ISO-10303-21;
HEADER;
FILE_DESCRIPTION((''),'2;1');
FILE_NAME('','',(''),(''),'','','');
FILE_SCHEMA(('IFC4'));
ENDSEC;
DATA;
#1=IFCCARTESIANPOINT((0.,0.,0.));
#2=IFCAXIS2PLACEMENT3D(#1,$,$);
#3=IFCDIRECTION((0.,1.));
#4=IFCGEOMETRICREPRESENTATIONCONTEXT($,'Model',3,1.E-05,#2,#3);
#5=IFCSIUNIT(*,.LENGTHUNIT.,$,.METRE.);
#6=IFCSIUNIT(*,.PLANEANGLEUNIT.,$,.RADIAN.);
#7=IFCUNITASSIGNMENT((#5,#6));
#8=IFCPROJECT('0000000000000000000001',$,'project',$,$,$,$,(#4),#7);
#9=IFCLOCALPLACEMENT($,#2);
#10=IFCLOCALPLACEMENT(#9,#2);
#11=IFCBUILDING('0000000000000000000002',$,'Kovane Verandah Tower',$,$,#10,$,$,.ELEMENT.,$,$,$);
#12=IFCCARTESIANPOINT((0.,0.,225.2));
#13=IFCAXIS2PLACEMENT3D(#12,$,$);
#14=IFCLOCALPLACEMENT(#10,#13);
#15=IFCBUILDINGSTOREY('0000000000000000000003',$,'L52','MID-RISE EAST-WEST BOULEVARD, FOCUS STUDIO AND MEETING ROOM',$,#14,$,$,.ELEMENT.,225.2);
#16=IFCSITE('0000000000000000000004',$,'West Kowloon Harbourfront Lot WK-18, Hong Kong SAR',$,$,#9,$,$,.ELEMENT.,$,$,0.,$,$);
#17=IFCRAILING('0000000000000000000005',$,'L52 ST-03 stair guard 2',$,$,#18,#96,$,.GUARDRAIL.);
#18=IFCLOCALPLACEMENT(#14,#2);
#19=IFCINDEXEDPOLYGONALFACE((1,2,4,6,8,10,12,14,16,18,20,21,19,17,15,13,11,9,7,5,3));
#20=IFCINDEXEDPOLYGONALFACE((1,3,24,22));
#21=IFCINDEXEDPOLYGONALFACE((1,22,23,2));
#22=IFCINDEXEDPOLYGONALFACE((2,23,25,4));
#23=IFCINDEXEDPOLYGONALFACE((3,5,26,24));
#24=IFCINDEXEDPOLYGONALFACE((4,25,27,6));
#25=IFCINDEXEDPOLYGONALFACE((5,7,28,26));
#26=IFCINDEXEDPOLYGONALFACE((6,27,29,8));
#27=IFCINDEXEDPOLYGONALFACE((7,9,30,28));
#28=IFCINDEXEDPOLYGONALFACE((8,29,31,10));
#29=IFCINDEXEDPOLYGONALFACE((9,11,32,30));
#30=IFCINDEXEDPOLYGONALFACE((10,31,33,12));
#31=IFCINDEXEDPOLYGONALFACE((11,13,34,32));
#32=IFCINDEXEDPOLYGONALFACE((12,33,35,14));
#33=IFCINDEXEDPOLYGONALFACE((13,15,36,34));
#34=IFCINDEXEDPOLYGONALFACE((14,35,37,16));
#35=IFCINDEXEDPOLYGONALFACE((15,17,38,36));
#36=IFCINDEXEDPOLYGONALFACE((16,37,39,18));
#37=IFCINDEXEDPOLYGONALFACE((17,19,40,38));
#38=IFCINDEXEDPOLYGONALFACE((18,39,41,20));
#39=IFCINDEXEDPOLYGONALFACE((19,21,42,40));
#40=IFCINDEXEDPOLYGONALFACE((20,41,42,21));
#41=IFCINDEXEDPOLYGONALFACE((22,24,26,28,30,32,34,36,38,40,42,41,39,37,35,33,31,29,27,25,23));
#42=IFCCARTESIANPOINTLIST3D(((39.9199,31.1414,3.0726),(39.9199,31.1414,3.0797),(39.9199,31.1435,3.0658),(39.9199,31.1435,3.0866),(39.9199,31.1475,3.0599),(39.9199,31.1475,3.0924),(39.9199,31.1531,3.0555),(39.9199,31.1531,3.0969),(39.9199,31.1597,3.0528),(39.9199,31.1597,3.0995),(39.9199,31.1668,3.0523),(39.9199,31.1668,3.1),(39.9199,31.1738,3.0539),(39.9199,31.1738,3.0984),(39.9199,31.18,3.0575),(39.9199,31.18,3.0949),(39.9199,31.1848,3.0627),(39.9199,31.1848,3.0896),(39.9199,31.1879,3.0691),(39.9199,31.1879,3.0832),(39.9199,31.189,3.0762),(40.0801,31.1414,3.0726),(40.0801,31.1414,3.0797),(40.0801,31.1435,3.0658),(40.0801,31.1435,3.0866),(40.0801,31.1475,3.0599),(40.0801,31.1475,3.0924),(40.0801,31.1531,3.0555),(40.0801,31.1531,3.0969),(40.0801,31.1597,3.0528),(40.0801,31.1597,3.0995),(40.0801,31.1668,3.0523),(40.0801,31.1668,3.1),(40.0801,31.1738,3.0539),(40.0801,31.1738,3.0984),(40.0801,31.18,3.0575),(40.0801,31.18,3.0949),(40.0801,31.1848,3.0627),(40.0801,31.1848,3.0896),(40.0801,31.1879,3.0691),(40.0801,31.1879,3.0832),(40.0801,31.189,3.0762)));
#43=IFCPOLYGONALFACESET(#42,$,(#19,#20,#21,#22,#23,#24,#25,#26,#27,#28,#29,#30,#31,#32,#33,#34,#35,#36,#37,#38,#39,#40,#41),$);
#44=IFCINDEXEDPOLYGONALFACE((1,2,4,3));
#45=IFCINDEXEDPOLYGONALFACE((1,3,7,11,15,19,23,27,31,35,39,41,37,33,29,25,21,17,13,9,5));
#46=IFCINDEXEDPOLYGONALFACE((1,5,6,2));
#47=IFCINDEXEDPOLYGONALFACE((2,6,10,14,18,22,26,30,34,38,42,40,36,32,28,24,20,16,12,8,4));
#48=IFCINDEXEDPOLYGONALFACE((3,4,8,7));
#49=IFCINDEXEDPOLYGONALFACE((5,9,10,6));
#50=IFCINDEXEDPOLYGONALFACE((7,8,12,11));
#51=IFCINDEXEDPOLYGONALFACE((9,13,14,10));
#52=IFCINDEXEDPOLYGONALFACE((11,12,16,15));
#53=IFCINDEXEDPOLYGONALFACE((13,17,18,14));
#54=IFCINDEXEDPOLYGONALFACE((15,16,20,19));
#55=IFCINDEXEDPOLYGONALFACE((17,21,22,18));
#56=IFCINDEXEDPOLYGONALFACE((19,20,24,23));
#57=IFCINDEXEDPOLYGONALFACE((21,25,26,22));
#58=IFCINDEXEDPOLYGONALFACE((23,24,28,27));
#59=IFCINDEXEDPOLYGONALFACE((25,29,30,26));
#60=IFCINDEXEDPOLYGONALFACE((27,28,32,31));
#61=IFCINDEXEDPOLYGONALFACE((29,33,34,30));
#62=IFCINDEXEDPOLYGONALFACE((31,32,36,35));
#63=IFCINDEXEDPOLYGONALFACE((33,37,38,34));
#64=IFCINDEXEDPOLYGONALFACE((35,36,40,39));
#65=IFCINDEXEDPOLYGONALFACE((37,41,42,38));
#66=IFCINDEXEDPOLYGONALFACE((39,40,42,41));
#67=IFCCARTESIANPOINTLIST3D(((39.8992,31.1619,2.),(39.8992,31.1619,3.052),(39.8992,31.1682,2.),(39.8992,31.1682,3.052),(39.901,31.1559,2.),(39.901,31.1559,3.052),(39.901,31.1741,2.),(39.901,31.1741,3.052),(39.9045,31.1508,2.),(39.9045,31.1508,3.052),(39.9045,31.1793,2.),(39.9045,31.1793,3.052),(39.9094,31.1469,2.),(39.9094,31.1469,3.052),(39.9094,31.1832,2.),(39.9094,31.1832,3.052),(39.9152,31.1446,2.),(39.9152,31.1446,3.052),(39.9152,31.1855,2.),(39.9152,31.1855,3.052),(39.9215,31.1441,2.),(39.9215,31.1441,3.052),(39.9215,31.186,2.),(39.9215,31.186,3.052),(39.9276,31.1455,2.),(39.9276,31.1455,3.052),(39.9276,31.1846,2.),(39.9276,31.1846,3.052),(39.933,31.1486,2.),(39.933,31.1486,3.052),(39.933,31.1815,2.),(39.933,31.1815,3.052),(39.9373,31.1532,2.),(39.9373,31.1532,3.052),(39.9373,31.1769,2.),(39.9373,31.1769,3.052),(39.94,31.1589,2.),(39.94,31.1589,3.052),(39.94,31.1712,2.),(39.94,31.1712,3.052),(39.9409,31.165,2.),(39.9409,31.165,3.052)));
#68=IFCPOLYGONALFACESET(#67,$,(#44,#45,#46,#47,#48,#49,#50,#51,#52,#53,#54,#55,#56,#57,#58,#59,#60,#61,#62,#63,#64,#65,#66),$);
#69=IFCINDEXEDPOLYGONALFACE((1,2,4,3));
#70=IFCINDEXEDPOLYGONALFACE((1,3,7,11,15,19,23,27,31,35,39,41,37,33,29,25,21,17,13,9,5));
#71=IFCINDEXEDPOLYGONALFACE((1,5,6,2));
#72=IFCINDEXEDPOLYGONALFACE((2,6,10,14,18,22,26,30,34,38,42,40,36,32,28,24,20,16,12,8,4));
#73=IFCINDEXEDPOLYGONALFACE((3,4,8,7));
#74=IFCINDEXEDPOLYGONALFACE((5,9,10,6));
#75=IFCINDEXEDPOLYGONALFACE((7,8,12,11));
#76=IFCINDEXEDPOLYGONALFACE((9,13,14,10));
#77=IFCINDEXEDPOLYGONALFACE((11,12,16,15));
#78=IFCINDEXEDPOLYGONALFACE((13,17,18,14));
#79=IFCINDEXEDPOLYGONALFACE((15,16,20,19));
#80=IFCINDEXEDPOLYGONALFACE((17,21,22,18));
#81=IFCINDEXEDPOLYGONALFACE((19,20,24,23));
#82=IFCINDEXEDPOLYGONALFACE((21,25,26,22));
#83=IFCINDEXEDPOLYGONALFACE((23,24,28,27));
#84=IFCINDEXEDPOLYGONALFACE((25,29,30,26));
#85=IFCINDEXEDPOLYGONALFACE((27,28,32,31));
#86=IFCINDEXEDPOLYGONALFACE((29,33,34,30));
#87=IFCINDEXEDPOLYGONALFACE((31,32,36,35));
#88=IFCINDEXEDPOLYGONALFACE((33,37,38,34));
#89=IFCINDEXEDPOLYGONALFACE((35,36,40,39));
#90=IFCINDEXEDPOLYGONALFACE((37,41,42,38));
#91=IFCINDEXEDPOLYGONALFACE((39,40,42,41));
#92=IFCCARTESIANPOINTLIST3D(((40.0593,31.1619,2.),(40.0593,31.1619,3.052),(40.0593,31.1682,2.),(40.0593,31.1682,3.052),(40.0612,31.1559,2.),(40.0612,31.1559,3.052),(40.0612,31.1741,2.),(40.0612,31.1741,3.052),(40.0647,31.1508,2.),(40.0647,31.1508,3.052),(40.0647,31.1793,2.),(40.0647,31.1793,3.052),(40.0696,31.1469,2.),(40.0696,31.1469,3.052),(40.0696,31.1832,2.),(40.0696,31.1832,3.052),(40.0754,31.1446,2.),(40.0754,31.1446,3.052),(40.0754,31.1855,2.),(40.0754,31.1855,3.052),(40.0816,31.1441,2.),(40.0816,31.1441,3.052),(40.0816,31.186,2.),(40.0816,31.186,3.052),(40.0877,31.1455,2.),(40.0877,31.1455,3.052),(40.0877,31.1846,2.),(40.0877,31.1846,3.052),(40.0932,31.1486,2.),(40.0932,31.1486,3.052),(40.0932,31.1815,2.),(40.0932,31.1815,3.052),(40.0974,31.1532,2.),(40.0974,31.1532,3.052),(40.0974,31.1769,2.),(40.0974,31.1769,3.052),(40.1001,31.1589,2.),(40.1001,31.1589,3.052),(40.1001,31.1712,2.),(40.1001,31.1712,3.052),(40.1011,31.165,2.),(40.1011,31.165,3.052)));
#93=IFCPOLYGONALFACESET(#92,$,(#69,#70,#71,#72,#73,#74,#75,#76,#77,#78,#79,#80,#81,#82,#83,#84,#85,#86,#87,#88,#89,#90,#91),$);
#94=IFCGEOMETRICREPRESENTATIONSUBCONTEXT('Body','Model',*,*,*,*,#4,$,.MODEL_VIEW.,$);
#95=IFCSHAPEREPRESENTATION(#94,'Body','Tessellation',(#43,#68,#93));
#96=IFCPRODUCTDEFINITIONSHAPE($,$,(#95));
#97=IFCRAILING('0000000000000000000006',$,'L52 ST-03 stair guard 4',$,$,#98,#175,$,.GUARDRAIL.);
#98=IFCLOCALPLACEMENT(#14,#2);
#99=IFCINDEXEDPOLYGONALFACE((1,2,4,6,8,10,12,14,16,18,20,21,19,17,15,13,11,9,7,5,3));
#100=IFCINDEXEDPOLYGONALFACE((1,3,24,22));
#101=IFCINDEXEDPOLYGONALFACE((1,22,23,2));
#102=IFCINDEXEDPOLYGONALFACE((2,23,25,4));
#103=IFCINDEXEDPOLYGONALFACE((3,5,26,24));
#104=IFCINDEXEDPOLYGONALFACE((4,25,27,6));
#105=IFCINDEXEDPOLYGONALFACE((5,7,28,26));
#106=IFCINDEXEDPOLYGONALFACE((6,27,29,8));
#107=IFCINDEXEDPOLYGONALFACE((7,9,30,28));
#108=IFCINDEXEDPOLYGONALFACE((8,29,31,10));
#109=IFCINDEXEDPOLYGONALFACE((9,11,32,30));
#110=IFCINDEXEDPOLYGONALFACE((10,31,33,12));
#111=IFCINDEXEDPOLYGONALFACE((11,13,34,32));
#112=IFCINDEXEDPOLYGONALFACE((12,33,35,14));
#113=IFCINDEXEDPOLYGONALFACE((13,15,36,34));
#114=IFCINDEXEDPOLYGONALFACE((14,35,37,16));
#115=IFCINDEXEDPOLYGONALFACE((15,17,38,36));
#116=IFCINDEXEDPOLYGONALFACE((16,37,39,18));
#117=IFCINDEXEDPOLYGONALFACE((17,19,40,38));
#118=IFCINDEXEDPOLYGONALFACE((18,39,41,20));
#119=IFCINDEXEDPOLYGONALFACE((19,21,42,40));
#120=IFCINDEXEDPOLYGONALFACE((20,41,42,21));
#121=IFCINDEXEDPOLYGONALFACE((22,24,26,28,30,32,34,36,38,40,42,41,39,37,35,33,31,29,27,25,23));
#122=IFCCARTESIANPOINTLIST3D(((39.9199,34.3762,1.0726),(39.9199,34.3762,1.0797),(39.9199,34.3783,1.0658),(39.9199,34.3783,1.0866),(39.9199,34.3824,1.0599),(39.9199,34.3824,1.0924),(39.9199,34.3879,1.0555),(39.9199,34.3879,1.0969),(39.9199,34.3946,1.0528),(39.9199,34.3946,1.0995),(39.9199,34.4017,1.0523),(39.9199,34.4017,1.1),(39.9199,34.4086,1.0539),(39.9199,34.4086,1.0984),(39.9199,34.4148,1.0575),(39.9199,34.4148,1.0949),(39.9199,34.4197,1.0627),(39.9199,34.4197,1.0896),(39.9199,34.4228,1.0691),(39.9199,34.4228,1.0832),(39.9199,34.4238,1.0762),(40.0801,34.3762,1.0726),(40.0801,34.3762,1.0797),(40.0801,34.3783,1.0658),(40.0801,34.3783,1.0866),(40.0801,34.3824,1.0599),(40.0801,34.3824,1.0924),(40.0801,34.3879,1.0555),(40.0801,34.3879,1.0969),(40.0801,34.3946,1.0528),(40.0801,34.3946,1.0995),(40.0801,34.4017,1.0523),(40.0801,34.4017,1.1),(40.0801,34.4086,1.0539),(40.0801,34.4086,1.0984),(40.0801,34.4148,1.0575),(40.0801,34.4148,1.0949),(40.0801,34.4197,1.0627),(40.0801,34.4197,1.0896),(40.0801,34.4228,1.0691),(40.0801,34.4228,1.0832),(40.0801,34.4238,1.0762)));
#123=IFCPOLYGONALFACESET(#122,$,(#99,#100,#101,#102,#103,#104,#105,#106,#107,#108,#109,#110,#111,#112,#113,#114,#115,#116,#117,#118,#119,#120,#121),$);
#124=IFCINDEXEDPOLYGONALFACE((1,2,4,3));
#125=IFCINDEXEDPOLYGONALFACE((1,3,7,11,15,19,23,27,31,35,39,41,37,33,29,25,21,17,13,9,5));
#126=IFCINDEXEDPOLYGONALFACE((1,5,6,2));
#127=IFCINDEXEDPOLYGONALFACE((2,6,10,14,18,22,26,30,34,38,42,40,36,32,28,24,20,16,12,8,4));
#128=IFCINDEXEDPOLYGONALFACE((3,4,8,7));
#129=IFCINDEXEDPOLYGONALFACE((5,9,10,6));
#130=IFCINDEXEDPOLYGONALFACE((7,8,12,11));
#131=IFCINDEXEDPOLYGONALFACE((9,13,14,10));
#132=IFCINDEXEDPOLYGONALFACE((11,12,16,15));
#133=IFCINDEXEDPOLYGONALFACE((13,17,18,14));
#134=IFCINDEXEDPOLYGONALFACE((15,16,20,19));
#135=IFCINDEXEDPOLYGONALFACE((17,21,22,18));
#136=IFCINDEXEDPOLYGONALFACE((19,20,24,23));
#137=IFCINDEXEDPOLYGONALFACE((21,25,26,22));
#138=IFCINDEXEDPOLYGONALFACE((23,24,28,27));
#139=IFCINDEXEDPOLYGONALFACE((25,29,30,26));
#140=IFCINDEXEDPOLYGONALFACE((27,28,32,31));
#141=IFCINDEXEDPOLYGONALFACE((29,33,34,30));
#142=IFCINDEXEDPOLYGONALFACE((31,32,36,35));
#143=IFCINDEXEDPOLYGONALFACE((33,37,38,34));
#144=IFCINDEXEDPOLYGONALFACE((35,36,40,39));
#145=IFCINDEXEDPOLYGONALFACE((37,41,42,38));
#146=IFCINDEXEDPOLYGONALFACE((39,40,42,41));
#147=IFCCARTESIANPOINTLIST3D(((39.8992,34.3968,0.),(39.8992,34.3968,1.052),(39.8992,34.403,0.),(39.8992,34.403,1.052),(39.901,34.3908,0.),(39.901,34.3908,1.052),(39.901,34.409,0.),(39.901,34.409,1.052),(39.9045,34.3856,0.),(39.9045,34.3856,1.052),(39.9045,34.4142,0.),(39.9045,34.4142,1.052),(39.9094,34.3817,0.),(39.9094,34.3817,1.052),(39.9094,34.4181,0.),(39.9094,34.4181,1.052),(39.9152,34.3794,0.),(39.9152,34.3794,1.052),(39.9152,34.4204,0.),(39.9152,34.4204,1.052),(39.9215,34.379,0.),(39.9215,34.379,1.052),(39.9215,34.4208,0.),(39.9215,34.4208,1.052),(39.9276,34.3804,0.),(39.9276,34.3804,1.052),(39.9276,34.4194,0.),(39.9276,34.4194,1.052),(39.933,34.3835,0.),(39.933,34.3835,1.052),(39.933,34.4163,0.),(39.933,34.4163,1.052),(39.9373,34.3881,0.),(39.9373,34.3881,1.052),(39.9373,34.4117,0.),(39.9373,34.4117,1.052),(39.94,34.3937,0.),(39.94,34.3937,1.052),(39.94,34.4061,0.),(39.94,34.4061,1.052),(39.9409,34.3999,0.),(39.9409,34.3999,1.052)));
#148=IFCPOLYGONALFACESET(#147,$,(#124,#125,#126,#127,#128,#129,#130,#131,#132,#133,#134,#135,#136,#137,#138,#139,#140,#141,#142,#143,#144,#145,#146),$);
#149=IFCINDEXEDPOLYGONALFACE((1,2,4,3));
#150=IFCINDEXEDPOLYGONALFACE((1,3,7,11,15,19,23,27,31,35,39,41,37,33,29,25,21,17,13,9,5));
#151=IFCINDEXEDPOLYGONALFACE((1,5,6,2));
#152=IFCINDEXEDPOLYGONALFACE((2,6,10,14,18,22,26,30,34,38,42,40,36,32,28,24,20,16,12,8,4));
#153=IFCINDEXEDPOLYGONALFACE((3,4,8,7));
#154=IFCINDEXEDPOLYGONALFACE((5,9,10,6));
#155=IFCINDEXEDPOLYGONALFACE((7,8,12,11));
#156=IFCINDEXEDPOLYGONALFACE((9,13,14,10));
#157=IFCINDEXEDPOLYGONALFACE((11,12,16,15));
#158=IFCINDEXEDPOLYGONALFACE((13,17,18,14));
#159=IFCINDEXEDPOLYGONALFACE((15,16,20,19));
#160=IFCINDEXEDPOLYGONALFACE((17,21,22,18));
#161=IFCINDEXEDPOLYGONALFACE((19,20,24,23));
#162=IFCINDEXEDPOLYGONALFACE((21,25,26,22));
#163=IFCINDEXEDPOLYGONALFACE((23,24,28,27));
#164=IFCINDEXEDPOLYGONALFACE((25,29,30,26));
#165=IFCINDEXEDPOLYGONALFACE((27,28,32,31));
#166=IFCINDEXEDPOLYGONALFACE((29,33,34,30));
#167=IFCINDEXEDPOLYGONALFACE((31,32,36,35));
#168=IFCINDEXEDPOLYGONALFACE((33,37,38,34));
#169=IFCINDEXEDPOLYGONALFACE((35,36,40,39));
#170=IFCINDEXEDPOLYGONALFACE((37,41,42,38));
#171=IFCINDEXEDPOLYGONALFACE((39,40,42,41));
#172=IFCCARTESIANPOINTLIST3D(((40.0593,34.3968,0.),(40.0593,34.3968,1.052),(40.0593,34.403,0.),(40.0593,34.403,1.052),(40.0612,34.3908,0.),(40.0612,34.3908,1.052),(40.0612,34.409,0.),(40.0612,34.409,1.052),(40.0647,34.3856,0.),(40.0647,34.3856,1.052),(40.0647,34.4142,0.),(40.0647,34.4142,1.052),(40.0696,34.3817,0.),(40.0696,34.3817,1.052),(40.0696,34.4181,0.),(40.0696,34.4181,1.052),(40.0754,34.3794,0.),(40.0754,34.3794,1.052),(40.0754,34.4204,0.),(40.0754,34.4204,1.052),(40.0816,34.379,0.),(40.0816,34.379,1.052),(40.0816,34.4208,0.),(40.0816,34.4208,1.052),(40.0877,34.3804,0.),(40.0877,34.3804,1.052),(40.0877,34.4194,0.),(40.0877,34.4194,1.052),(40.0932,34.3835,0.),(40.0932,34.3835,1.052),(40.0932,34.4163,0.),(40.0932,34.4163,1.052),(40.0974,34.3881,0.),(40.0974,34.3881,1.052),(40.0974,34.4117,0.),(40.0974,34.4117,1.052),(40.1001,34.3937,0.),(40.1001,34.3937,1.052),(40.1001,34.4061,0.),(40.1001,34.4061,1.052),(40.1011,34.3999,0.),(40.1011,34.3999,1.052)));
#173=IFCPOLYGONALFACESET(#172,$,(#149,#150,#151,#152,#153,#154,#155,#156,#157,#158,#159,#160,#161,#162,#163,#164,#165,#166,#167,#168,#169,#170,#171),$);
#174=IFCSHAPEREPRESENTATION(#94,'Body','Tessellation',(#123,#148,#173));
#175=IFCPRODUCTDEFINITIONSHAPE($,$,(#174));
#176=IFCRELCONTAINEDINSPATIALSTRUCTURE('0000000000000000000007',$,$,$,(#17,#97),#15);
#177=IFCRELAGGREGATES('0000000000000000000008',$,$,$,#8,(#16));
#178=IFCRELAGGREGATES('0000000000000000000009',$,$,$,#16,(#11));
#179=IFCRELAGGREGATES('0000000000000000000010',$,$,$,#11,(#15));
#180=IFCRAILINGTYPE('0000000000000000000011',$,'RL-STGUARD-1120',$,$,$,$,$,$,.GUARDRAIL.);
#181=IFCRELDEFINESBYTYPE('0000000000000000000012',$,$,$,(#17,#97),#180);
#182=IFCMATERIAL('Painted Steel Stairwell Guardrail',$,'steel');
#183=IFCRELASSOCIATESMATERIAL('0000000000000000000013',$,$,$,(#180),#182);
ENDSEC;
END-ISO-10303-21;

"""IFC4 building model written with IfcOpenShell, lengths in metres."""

from ifc_helpers import new_model, si_unit, direction, frame, origin, origin_2d, place, context, subcontext, project, spatial, circle, extrude, material, type_object, element, save


model = new_model("IFC4")

# Units and contexts
model_context = context("Model", 3, precision=1e-05, world=origin(), true_north=direction((0.0, 1.0)))
body_context = subcontext(model_context, "Body", "Model", "MODEL_VIEW")
ifc_project = project(units=[si_unit("LENGTHUNIT", "METRE"), si_unit("PLANEANGLEUNIT", "RADIAN")], contexts=[model_context])

# Site, building, storey
site_placement = place(None, origin())
site = spatial("IfcSite", under=ifc_project, at=site_placement, Name="West Kowloon Harbourfront Lot WK-18, Hong Kong SAR", CompositionType="ELEMENT", RefElevation=0.0)
building_placement = place(site_placement, origin())
building = spatial("IfcBuilding", under=site, at=building_placement, Name="Kovane Verandah Tower", CompositionType="ELEMENT")
storey_placement = place(building_placement, frame((0.0, 0.0, 225.2)))
storey = spatial("IfcBuildingStorey", under=building, at=storey_placement, Name="L52", Description="MID-RISE EAST-WEST BOULEVARD, FOCUS STUDIO AND MEETING ROOM", CompositionType="ELEMENT", Elevation=225.2)

# Railings
ifc_material_1 = material(Name="Painted Steel Stairwell Guardrail", Category="steel")
railing_type_1 = type_object("IfcRailingType", Name="RL-STGUARD-1120", PredefinedType="GUARDRAIL", material=ifc_material_1)
for number, where, name in (
    (1, (39.9199, 31.165, 2.0), "L52 ST-03 stair guard 2"),
    (2, (39.9199, 34.3999, 0.0), "L52 ST-03 stair guard 4"),
):
    element("IfcRailing", number, at=place(storey_placement, frame(where)), inside=storey, type_object=railing_type_1, Name=name, PredefinedType="GUARDRAIL", context=body_context, shape_type="SweptSolid", body=[
        extrude(circle(Radius=0.0239, at=origin_2d()), frame((0.0, 0.0, 1.0762), z_axis=(1.0, 0.0, 0.0), x_axis=(0.0, 1.0, 0.0)), (0.0, 0.0, 1.0), 0.1602),
        extrude(circle(Radius=0.021, at=origin_2d()), origin(), (0.0, 0.0, 1.0), 1.052),
        extrude(circle(Radius=0.021, at=origin_2d()), frame((0.1602, 0.0, 0.0)), (0.0, 0.0, 1.0), 1.052),
    ])

save(model, "model.ifc")
